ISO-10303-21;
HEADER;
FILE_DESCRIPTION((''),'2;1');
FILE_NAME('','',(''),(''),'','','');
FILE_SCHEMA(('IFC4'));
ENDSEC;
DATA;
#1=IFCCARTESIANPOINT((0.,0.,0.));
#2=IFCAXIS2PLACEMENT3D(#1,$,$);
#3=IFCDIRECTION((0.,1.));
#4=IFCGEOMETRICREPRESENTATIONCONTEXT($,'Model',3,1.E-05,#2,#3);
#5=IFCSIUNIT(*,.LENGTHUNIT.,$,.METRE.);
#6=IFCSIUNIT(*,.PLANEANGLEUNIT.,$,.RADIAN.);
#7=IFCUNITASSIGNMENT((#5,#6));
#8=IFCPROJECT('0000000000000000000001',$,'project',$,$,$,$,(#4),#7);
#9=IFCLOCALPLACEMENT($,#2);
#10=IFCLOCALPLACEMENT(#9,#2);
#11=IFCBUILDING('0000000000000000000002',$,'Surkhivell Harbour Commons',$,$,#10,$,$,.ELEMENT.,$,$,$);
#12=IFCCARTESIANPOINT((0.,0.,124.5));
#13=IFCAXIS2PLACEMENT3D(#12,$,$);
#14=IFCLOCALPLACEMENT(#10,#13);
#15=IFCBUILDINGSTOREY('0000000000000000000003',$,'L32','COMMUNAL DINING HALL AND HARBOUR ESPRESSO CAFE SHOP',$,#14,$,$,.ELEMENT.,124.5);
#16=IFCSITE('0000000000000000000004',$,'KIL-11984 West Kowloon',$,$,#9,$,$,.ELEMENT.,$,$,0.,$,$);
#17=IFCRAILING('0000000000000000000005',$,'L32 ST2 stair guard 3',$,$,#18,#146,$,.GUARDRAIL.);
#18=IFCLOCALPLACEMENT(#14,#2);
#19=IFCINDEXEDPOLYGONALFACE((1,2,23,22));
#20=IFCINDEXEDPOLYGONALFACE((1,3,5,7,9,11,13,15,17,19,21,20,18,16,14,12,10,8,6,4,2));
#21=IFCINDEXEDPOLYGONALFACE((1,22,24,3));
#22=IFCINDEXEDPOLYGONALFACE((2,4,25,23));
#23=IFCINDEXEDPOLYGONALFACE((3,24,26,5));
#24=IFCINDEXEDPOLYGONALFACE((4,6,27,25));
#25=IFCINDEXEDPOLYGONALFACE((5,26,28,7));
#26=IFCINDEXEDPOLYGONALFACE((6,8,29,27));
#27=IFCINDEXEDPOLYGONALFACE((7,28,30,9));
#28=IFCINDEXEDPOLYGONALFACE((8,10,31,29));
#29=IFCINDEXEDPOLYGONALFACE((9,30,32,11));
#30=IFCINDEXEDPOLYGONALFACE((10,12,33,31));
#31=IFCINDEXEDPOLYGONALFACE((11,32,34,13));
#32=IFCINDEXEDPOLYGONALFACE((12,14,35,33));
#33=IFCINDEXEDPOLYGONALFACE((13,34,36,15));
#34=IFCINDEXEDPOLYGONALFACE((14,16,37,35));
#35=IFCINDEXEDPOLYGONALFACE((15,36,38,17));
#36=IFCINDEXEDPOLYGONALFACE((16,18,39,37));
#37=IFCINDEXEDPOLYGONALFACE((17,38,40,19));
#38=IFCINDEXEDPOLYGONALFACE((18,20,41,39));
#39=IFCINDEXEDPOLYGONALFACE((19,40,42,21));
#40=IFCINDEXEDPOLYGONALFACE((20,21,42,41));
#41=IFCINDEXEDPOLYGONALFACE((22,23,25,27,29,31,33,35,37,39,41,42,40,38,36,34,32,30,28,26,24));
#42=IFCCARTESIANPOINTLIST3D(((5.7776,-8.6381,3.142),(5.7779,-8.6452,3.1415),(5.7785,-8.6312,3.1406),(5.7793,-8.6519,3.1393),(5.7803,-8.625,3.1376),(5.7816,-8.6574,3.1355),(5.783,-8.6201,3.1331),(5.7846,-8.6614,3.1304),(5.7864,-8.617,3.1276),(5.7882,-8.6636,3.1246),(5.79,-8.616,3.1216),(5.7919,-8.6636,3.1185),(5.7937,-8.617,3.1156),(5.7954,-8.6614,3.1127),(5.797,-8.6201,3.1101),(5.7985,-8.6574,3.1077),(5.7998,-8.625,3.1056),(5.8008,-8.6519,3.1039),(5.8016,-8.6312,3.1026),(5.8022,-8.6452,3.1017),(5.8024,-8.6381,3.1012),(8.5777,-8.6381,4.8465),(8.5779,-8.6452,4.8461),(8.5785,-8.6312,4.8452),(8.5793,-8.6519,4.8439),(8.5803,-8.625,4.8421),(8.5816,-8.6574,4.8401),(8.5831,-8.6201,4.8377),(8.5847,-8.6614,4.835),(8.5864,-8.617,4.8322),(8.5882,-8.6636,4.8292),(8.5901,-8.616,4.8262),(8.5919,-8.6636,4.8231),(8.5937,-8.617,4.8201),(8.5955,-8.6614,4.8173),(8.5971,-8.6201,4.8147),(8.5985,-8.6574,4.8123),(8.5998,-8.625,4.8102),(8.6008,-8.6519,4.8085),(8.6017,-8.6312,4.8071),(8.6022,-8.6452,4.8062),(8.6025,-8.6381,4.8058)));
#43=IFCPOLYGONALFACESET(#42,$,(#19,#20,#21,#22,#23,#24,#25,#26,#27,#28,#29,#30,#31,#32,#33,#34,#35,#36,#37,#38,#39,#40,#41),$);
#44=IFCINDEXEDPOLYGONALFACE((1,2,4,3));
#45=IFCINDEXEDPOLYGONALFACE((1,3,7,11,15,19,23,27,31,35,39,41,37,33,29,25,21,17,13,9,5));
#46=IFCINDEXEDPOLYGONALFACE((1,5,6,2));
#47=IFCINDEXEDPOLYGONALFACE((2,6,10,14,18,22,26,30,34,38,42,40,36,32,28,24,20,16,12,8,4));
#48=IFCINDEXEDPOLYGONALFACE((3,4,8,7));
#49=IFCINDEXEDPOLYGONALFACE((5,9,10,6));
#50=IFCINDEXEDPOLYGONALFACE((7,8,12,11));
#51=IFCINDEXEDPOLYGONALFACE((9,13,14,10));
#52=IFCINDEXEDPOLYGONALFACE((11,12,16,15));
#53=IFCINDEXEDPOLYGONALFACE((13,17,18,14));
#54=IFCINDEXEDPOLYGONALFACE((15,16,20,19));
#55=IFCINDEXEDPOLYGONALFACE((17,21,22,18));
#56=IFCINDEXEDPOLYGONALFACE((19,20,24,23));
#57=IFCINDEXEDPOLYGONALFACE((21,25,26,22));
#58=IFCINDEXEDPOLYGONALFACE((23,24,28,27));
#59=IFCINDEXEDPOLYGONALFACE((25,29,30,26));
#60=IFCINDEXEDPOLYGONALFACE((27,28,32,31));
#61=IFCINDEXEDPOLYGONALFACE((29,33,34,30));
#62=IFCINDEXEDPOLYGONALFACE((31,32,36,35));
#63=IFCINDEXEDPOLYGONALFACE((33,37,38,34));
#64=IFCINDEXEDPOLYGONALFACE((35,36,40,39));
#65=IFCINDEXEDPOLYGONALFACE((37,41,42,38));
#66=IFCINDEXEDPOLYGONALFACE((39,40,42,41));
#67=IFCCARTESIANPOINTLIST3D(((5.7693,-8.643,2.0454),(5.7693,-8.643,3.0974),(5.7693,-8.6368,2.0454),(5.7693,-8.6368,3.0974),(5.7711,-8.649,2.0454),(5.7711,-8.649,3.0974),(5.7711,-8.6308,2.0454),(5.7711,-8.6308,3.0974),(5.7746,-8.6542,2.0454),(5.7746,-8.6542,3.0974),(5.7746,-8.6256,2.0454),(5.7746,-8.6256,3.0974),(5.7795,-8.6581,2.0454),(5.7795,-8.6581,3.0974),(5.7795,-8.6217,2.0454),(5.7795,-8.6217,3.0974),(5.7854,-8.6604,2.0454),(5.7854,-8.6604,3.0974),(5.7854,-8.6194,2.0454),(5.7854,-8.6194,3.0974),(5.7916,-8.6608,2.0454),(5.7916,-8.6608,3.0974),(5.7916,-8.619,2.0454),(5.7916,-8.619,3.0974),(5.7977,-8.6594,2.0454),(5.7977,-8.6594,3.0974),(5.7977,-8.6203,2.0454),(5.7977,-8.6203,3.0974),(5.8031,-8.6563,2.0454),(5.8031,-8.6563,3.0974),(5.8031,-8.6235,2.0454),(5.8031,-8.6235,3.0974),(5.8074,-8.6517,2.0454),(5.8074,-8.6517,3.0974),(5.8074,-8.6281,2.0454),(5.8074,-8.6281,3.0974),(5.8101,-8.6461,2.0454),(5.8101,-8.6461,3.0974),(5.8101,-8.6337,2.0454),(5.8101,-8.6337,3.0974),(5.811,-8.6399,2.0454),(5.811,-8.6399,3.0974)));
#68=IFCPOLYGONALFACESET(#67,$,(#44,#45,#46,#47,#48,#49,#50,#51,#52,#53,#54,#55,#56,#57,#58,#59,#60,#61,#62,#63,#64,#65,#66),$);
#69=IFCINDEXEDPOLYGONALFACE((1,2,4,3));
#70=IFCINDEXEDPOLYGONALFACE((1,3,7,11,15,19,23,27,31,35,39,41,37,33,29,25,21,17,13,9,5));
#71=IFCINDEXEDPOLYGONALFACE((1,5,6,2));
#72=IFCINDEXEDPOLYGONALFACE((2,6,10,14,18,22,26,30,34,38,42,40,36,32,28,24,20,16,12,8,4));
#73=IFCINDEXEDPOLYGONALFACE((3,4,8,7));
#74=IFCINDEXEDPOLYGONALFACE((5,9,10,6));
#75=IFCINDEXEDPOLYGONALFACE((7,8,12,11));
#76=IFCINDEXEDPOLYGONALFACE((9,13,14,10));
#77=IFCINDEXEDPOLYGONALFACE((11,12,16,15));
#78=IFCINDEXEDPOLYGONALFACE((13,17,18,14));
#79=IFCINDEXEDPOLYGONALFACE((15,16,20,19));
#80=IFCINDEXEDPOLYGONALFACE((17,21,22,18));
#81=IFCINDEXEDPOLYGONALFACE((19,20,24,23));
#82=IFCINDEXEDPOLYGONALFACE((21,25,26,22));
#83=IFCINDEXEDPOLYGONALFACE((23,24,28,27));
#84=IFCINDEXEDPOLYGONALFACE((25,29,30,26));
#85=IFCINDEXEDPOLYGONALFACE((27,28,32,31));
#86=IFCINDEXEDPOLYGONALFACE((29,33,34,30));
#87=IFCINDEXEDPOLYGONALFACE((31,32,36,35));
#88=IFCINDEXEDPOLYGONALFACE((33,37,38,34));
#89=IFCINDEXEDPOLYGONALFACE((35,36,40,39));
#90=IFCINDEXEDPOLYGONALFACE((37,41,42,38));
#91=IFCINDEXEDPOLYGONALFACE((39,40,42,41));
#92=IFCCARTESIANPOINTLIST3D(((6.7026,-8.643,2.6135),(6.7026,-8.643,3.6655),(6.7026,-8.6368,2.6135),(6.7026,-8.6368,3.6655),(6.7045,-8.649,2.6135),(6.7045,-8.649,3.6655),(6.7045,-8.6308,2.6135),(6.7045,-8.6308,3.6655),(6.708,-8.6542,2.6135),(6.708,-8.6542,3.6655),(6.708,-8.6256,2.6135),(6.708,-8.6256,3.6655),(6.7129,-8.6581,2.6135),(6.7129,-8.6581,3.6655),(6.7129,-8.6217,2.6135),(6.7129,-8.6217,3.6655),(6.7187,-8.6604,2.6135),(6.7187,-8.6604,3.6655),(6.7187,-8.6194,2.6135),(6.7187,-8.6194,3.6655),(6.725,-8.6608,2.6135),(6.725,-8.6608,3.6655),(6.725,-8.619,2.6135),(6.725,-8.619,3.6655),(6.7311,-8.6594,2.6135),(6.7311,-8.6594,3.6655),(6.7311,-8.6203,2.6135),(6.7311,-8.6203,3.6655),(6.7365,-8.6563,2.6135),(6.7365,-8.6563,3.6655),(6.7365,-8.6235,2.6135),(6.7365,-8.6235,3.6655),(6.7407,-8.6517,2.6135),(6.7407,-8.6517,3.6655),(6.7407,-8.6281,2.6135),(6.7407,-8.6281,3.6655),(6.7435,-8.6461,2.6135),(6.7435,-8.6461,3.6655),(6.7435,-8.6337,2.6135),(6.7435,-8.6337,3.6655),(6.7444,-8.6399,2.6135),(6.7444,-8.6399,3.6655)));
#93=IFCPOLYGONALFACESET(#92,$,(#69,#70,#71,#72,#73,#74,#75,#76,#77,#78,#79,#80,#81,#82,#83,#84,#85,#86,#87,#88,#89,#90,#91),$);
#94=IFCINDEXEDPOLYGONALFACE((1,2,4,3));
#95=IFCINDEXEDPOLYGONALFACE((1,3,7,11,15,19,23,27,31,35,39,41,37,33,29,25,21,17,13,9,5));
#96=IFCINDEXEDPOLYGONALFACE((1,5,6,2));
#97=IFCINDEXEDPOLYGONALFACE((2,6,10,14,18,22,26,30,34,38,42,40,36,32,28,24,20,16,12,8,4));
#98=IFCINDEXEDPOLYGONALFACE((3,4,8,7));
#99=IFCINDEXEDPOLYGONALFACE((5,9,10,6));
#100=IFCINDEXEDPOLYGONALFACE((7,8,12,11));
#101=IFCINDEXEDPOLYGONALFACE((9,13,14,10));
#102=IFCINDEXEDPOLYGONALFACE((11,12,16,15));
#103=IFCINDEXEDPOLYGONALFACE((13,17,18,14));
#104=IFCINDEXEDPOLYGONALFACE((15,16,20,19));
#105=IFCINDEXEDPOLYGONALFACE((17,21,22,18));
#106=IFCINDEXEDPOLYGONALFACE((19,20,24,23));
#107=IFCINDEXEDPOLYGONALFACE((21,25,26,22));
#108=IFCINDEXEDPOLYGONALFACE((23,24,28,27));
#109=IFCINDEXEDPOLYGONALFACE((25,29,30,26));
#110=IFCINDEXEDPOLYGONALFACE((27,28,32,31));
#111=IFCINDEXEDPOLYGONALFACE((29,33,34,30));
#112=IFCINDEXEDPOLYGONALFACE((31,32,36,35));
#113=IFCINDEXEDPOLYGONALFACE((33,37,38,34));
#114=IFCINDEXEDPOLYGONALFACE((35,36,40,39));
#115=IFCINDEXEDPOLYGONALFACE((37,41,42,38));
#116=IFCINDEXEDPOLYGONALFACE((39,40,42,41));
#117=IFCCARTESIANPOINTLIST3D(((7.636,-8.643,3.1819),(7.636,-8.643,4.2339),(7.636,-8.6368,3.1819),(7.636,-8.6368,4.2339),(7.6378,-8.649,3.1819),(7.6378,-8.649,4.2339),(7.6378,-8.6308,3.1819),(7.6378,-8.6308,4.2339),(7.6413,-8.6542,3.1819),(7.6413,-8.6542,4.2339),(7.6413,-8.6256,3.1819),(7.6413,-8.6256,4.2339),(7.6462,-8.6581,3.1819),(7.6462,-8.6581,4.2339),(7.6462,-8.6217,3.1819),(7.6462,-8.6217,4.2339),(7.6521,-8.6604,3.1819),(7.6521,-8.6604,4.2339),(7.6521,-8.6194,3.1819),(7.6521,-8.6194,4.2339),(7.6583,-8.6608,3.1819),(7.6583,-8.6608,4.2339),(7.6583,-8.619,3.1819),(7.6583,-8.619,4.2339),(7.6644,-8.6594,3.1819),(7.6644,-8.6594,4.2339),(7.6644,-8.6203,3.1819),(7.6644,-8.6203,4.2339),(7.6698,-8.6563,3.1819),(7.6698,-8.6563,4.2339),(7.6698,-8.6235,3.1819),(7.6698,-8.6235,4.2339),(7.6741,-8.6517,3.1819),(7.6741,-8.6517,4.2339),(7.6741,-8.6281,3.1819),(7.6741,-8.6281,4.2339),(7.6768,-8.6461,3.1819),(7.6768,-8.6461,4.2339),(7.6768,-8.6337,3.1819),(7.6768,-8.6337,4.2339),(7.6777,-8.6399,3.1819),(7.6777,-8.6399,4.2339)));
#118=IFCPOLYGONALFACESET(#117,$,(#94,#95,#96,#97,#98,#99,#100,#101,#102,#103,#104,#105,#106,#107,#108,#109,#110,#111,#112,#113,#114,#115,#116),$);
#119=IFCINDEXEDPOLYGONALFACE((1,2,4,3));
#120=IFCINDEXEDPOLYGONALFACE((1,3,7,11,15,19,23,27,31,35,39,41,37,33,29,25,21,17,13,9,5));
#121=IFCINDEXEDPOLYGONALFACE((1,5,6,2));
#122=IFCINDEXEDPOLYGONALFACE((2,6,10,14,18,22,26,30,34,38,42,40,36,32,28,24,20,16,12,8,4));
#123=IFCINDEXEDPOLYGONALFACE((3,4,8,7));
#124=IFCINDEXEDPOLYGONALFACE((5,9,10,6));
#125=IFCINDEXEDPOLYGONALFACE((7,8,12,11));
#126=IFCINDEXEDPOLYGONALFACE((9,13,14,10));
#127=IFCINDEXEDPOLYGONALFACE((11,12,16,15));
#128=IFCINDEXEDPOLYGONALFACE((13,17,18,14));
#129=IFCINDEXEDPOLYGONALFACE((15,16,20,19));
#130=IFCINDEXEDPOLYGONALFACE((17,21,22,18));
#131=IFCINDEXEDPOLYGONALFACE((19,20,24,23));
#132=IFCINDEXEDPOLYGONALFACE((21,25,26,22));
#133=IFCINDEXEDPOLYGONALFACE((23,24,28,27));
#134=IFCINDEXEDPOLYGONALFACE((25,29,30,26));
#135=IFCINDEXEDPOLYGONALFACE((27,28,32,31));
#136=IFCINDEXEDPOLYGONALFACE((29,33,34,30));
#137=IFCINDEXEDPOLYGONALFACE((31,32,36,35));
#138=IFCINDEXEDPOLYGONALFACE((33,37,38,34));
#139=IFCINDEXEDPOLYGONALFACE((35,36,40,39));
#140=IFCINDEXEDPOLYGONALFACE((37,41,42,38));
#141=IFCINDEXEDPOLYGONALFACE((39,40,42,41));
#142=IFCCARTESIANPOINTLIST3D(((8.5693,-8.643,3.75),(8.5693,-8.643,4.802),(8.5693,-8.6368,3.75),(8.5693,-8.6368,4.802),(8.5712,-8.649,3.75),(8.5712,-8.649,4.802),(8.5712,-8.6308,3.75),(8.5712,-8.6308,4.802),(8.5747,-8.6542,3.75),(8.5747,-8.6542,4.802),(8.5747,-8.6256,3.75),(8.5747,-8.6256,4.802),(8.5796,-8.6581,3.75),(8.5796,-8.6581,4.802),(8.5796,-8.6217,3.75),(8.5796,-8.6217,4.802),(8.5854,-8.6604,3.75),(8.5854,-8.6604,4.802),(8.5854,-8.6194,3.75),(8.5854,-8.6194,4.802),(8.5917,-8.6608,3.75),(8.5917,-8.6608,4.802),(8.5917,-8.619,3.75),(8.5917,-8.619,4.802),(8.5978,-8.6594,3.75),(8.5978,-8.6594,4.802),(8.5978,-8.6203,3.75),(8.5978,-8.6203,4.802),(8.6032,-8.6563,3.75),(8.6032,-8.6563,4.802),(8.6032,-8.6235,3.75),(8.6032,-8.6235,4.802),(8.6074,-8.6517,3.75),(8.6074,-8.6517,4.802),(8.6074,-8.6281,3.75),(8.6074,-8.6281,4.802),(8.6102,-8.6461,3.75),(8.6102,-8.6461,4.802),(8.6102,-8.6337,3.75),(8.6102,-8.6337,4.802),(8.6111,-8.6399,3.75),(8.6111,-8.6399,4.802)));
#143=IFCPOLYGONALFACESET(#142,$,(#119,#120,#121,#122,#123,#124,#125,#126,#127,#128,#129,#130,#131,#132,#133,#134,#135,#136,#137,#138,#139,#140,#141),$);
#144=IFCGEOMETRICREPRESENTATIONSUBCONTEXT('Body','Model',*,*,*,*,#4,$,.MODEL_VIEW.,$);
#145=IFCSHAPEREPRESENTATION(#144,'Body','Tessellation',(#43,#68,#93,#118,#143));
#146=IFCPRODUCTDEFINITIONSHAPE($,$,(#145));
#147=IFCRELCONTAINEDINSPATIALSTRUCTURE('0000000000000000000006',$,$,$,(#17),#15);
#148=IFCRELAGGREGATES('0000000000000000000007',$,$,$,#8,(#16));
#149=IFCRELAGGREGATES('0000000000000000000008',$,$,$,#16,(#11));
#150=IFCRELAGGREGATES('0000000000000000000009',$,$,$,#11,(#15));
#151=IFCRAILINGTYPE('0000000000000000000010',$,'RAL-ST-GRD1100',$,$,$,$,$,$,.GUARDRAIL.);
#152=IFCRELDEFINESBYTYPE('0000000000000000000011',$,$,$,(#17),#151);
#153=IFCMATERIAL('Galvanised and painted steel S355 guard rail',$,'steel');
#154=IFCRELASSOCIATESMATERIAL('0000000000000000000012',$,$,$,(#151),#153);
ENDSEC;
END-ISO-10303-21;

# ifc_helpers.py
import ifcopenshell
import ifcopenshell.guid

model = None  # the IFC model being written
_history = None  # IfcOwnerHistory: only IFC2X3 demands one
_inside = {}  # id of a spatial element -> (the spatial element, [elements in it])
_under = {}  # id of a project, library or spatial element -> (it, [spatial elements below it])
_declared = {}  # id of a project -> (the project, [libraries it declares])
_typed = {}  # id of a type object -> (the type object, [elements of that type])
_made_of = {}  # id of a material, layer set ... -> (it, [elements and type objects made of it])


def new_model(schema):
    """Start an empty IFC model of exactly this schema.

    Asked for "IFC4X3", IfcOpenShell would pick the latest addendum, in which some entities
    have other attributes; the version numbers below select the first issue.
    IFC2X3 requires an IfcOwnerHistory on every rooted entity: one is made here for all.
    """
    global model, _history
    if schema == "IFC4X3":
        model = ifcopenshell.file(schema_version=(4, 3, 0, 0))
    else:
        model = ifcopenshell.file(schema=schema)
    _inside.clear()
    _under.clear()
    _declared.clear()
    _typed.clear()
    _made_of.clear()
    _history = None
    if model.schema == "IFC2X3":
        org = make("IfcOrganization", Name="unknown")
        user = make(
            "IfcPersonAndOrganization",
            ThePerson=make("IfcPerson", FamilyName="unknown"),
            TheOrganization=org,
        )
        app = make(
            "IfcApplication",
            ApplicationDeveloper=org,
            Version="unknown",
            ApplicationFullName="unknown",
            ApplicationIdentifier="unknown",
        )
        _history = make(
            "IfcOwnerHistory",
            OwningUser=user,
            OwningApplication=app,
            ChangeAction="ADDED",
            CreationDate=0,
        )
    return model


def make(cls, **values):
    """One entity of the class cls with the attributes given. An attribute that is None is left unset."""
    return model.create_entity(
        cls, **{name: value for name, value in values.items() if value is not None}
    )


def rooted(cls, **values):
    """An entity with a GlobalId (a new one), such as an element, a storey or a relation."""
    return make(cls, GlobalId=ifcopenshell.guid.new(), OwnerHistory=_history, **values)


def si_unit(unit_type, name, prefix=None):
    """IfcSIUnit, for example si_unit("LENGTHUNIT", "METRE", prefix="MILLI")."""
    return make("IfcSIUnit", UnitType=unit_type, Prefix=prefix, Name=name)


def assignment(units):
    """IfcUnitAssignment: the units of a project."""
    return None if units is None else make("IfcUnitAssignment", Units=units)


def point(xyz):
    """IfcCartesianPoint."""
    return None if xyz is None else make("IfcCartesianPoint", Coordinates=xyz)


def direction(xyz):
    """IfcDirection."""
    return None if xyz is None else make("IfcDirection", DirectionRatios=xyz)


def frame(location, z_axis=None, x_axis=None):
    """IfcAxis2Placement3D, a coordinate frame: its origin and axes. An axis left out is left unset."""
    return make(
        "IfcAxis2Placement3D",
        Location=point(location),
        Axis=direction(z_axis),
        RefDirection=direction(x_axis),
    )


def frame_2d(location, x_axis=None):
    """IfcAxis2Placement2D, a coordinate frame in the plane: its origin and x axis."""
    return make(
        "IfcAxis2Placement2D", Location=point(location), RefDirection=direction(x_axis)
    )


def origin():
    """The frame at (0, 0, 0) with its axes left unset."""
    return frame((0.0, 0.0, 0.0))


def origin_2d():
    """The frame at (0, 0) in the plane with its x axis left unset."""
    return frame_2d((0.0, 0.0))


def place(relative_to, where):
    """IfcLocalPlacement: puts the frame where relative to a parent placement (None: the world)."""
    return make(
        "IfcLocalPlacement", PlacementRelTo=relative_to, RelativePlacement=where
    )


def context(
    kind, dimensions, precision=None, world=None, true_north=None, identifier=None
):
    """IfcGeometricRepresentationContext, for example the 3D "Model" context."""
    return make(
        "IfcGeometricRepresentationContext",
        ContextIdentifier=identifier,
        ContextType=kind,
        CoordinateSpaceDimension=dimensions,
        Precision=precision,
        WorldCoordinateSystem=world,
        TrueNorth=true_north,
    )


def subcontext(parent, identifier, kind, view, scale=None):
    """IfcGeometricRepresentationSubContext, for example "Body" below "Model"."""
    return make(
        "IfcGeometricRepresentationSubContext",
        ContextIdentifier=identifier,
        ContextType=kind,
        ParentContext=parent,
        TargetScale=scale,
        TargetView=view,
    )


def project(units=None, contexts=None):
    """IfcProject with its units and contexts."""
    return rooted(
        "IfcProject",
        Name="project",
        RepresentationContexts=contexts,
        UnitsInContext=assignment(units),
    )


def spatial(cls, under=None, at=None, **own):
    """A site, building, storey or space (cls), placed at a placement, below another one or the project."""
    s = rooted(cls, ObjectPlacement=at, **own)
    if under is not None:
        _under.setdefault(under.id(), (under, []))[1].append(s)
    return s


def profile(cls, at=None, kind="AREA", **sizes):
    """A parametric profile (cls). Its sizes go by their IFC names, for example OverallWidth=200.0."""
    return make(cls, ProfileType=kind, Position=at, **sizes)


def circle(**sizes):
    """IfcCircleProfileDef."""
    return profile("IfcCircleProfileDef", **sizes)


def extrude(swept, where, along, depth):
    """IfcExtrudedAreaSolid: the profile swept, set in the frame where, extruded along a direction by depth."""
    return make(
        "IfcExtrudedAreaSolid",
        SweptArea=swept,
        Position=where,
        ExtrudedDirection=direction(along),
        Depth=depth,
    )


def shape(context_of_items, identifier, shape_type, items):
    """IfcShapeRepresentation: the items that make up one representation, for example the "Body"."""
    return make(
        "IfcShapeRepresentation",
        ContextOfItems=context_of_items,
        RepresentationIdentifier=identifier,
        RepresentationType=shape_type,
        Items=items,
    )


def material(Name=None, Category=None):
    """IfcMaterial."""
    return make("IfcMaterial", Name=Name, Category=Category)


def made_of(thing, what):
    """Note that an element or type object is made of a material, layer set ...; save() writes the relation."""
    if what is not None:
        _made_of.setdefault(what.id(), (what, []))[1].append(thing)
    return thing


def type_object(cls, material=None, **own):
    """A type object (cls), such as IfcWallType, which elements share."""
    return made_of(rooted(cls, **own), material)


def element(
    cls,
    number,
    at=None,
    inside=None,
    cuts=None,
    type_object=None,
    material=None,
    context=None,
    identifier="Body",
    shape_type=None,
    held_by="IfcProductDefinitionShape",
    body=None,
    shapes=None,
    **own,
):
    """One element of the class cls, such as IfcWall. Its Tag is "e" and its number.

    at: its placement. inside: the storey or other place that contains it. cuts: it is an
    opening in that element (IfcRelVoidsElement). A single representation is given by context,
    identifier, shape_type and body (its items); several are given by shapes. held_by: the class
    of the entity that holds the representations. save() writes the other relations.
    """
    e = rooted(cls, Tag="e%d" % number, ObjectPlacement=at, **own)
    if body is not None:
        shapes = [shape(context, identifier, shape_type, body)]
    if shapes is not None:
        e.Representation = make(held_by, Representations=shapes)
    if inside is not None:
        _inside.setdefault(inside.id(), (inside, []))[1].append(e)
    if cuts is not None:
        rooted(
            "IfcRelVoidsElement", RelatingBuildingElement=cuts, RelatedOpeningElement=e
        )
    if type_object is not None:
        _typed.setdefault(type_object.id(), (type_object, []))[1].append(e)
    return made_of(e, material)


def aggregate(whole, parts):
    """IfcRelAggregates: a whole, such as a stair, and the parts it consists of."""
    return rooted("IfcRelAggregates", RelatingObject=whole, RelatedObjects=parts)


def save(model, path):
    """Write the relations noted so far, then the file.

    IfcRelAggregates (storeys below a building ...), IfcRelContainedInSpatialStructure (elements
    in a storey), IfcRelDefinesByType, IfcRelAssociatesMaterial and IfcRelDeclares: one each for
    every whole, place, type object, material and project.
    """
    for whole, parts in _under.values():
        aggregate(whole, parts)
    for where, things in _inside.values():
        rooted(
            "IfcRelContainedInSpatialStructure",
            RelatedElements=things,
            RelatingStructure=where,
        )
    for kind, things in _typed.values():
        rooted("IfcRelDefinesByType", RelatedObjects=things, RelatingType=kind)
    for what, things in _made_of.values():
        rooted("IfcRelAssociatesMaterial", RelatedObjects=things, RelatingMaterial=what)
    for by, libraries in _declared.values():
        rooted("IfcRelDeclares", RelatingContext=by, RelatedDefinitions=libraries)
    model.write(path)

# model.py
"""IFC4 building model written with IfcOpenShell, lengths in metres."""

from ifc_helpers import new_model, si_unit, direction, frame, origin, origin_2d, place, context, subcontext, project, spatial, circle, extrude, material, type_object, element, save


model = new_model("IFC4")

# Units and contexts
model_context = context("Model", 3, precision=1e-05, world=origin(), true_north=direction((0.0, 1.0)))
body_context = subcontext(model_context, "Body", "Model", "MODEL_VIEW")
ifc_project = project(units=[si_unit("LENGTHUNIT", "METRE"), si_unit("PLANEANGLEUNIT", "RADIAN")], contexts=[model_context])

# Site, building, storey
site_placement = place(None, origin())
site = spatial("IfcSite", under=ifc_project, at=site_placement, Name="KIL-11984 West Kowloon", CompositionType="ELEMENT", RefElevation=0.0)
building_placement = place(site_placement, origin())
building = spatial("IfcBuilding", under=site, at=building_placement, Name="Surkhivell Harbour Commons", CompositionType="ELEMENT")
storey_placement = place(building_placement, frame((0.0, 0.0, 124.5)))
storey = spatial("IfcBuildingStorey", under=building, at=storey_placement, Name="L32", Description="COMMUNAL DINING HALL AND HARBOUR ESPRESSO CAFE SHOP", CompositionType="ELEMENT", Elevation=124.5)

# Railing
ifc_material_1 = material(Name="Galvanised and painted steel S355 guard rail", Category="steel")
railing_type_1 = type_object("IfcRailingType", Name="RAL-ST-GRD1100", PredefinedType="GUARDRAIL", material=ifc_material_1)
railing_1_placement = place(storey_placement, frame((5.79, -8.6399, 2.0454)))
element("IfcRailing", 1, at=railing_1_placement, inside=storey, type_object=railing_type_1, Name="L32 ST2 stair guard 3", PredefinedType="GUARDRAIL", context=body_context, shape_type="SweptSolid", body=[
    extrude(circle(Radius=0.0239, at=origin_2d()), frame((0.0, 0.0, 1.0762), z_axis=(0.85417, 0.0, 0.519994), x_axis=(0.0, 1.0, 0.0)), (0.0, 0.0, 1.0), 3.2781),
    extrude(circle(Radius=0.021, at=origin_2d()), origin(), (0.0, 0.0, 1.0), 1.052),
    extrude(circle(Radius=0.021, at=origin_2d()), frame((0.9333, 0.0, 0.5681)), (0.0, 0.0, 1.0), 1.052),
    extrude(circle(Radius=0.021, at=origin_2d()), frame((1.8667, 0.0, 1.1365)), (0.0, 0.0, 1.0), 1.052),
    extrude(circle(Radius=0.021, at=origin_2d()), frame((2.8, 0.0, 1.7046)), (0.0, 0.0, 1.0), 1.052),
])

save(model, "model.ifc")
